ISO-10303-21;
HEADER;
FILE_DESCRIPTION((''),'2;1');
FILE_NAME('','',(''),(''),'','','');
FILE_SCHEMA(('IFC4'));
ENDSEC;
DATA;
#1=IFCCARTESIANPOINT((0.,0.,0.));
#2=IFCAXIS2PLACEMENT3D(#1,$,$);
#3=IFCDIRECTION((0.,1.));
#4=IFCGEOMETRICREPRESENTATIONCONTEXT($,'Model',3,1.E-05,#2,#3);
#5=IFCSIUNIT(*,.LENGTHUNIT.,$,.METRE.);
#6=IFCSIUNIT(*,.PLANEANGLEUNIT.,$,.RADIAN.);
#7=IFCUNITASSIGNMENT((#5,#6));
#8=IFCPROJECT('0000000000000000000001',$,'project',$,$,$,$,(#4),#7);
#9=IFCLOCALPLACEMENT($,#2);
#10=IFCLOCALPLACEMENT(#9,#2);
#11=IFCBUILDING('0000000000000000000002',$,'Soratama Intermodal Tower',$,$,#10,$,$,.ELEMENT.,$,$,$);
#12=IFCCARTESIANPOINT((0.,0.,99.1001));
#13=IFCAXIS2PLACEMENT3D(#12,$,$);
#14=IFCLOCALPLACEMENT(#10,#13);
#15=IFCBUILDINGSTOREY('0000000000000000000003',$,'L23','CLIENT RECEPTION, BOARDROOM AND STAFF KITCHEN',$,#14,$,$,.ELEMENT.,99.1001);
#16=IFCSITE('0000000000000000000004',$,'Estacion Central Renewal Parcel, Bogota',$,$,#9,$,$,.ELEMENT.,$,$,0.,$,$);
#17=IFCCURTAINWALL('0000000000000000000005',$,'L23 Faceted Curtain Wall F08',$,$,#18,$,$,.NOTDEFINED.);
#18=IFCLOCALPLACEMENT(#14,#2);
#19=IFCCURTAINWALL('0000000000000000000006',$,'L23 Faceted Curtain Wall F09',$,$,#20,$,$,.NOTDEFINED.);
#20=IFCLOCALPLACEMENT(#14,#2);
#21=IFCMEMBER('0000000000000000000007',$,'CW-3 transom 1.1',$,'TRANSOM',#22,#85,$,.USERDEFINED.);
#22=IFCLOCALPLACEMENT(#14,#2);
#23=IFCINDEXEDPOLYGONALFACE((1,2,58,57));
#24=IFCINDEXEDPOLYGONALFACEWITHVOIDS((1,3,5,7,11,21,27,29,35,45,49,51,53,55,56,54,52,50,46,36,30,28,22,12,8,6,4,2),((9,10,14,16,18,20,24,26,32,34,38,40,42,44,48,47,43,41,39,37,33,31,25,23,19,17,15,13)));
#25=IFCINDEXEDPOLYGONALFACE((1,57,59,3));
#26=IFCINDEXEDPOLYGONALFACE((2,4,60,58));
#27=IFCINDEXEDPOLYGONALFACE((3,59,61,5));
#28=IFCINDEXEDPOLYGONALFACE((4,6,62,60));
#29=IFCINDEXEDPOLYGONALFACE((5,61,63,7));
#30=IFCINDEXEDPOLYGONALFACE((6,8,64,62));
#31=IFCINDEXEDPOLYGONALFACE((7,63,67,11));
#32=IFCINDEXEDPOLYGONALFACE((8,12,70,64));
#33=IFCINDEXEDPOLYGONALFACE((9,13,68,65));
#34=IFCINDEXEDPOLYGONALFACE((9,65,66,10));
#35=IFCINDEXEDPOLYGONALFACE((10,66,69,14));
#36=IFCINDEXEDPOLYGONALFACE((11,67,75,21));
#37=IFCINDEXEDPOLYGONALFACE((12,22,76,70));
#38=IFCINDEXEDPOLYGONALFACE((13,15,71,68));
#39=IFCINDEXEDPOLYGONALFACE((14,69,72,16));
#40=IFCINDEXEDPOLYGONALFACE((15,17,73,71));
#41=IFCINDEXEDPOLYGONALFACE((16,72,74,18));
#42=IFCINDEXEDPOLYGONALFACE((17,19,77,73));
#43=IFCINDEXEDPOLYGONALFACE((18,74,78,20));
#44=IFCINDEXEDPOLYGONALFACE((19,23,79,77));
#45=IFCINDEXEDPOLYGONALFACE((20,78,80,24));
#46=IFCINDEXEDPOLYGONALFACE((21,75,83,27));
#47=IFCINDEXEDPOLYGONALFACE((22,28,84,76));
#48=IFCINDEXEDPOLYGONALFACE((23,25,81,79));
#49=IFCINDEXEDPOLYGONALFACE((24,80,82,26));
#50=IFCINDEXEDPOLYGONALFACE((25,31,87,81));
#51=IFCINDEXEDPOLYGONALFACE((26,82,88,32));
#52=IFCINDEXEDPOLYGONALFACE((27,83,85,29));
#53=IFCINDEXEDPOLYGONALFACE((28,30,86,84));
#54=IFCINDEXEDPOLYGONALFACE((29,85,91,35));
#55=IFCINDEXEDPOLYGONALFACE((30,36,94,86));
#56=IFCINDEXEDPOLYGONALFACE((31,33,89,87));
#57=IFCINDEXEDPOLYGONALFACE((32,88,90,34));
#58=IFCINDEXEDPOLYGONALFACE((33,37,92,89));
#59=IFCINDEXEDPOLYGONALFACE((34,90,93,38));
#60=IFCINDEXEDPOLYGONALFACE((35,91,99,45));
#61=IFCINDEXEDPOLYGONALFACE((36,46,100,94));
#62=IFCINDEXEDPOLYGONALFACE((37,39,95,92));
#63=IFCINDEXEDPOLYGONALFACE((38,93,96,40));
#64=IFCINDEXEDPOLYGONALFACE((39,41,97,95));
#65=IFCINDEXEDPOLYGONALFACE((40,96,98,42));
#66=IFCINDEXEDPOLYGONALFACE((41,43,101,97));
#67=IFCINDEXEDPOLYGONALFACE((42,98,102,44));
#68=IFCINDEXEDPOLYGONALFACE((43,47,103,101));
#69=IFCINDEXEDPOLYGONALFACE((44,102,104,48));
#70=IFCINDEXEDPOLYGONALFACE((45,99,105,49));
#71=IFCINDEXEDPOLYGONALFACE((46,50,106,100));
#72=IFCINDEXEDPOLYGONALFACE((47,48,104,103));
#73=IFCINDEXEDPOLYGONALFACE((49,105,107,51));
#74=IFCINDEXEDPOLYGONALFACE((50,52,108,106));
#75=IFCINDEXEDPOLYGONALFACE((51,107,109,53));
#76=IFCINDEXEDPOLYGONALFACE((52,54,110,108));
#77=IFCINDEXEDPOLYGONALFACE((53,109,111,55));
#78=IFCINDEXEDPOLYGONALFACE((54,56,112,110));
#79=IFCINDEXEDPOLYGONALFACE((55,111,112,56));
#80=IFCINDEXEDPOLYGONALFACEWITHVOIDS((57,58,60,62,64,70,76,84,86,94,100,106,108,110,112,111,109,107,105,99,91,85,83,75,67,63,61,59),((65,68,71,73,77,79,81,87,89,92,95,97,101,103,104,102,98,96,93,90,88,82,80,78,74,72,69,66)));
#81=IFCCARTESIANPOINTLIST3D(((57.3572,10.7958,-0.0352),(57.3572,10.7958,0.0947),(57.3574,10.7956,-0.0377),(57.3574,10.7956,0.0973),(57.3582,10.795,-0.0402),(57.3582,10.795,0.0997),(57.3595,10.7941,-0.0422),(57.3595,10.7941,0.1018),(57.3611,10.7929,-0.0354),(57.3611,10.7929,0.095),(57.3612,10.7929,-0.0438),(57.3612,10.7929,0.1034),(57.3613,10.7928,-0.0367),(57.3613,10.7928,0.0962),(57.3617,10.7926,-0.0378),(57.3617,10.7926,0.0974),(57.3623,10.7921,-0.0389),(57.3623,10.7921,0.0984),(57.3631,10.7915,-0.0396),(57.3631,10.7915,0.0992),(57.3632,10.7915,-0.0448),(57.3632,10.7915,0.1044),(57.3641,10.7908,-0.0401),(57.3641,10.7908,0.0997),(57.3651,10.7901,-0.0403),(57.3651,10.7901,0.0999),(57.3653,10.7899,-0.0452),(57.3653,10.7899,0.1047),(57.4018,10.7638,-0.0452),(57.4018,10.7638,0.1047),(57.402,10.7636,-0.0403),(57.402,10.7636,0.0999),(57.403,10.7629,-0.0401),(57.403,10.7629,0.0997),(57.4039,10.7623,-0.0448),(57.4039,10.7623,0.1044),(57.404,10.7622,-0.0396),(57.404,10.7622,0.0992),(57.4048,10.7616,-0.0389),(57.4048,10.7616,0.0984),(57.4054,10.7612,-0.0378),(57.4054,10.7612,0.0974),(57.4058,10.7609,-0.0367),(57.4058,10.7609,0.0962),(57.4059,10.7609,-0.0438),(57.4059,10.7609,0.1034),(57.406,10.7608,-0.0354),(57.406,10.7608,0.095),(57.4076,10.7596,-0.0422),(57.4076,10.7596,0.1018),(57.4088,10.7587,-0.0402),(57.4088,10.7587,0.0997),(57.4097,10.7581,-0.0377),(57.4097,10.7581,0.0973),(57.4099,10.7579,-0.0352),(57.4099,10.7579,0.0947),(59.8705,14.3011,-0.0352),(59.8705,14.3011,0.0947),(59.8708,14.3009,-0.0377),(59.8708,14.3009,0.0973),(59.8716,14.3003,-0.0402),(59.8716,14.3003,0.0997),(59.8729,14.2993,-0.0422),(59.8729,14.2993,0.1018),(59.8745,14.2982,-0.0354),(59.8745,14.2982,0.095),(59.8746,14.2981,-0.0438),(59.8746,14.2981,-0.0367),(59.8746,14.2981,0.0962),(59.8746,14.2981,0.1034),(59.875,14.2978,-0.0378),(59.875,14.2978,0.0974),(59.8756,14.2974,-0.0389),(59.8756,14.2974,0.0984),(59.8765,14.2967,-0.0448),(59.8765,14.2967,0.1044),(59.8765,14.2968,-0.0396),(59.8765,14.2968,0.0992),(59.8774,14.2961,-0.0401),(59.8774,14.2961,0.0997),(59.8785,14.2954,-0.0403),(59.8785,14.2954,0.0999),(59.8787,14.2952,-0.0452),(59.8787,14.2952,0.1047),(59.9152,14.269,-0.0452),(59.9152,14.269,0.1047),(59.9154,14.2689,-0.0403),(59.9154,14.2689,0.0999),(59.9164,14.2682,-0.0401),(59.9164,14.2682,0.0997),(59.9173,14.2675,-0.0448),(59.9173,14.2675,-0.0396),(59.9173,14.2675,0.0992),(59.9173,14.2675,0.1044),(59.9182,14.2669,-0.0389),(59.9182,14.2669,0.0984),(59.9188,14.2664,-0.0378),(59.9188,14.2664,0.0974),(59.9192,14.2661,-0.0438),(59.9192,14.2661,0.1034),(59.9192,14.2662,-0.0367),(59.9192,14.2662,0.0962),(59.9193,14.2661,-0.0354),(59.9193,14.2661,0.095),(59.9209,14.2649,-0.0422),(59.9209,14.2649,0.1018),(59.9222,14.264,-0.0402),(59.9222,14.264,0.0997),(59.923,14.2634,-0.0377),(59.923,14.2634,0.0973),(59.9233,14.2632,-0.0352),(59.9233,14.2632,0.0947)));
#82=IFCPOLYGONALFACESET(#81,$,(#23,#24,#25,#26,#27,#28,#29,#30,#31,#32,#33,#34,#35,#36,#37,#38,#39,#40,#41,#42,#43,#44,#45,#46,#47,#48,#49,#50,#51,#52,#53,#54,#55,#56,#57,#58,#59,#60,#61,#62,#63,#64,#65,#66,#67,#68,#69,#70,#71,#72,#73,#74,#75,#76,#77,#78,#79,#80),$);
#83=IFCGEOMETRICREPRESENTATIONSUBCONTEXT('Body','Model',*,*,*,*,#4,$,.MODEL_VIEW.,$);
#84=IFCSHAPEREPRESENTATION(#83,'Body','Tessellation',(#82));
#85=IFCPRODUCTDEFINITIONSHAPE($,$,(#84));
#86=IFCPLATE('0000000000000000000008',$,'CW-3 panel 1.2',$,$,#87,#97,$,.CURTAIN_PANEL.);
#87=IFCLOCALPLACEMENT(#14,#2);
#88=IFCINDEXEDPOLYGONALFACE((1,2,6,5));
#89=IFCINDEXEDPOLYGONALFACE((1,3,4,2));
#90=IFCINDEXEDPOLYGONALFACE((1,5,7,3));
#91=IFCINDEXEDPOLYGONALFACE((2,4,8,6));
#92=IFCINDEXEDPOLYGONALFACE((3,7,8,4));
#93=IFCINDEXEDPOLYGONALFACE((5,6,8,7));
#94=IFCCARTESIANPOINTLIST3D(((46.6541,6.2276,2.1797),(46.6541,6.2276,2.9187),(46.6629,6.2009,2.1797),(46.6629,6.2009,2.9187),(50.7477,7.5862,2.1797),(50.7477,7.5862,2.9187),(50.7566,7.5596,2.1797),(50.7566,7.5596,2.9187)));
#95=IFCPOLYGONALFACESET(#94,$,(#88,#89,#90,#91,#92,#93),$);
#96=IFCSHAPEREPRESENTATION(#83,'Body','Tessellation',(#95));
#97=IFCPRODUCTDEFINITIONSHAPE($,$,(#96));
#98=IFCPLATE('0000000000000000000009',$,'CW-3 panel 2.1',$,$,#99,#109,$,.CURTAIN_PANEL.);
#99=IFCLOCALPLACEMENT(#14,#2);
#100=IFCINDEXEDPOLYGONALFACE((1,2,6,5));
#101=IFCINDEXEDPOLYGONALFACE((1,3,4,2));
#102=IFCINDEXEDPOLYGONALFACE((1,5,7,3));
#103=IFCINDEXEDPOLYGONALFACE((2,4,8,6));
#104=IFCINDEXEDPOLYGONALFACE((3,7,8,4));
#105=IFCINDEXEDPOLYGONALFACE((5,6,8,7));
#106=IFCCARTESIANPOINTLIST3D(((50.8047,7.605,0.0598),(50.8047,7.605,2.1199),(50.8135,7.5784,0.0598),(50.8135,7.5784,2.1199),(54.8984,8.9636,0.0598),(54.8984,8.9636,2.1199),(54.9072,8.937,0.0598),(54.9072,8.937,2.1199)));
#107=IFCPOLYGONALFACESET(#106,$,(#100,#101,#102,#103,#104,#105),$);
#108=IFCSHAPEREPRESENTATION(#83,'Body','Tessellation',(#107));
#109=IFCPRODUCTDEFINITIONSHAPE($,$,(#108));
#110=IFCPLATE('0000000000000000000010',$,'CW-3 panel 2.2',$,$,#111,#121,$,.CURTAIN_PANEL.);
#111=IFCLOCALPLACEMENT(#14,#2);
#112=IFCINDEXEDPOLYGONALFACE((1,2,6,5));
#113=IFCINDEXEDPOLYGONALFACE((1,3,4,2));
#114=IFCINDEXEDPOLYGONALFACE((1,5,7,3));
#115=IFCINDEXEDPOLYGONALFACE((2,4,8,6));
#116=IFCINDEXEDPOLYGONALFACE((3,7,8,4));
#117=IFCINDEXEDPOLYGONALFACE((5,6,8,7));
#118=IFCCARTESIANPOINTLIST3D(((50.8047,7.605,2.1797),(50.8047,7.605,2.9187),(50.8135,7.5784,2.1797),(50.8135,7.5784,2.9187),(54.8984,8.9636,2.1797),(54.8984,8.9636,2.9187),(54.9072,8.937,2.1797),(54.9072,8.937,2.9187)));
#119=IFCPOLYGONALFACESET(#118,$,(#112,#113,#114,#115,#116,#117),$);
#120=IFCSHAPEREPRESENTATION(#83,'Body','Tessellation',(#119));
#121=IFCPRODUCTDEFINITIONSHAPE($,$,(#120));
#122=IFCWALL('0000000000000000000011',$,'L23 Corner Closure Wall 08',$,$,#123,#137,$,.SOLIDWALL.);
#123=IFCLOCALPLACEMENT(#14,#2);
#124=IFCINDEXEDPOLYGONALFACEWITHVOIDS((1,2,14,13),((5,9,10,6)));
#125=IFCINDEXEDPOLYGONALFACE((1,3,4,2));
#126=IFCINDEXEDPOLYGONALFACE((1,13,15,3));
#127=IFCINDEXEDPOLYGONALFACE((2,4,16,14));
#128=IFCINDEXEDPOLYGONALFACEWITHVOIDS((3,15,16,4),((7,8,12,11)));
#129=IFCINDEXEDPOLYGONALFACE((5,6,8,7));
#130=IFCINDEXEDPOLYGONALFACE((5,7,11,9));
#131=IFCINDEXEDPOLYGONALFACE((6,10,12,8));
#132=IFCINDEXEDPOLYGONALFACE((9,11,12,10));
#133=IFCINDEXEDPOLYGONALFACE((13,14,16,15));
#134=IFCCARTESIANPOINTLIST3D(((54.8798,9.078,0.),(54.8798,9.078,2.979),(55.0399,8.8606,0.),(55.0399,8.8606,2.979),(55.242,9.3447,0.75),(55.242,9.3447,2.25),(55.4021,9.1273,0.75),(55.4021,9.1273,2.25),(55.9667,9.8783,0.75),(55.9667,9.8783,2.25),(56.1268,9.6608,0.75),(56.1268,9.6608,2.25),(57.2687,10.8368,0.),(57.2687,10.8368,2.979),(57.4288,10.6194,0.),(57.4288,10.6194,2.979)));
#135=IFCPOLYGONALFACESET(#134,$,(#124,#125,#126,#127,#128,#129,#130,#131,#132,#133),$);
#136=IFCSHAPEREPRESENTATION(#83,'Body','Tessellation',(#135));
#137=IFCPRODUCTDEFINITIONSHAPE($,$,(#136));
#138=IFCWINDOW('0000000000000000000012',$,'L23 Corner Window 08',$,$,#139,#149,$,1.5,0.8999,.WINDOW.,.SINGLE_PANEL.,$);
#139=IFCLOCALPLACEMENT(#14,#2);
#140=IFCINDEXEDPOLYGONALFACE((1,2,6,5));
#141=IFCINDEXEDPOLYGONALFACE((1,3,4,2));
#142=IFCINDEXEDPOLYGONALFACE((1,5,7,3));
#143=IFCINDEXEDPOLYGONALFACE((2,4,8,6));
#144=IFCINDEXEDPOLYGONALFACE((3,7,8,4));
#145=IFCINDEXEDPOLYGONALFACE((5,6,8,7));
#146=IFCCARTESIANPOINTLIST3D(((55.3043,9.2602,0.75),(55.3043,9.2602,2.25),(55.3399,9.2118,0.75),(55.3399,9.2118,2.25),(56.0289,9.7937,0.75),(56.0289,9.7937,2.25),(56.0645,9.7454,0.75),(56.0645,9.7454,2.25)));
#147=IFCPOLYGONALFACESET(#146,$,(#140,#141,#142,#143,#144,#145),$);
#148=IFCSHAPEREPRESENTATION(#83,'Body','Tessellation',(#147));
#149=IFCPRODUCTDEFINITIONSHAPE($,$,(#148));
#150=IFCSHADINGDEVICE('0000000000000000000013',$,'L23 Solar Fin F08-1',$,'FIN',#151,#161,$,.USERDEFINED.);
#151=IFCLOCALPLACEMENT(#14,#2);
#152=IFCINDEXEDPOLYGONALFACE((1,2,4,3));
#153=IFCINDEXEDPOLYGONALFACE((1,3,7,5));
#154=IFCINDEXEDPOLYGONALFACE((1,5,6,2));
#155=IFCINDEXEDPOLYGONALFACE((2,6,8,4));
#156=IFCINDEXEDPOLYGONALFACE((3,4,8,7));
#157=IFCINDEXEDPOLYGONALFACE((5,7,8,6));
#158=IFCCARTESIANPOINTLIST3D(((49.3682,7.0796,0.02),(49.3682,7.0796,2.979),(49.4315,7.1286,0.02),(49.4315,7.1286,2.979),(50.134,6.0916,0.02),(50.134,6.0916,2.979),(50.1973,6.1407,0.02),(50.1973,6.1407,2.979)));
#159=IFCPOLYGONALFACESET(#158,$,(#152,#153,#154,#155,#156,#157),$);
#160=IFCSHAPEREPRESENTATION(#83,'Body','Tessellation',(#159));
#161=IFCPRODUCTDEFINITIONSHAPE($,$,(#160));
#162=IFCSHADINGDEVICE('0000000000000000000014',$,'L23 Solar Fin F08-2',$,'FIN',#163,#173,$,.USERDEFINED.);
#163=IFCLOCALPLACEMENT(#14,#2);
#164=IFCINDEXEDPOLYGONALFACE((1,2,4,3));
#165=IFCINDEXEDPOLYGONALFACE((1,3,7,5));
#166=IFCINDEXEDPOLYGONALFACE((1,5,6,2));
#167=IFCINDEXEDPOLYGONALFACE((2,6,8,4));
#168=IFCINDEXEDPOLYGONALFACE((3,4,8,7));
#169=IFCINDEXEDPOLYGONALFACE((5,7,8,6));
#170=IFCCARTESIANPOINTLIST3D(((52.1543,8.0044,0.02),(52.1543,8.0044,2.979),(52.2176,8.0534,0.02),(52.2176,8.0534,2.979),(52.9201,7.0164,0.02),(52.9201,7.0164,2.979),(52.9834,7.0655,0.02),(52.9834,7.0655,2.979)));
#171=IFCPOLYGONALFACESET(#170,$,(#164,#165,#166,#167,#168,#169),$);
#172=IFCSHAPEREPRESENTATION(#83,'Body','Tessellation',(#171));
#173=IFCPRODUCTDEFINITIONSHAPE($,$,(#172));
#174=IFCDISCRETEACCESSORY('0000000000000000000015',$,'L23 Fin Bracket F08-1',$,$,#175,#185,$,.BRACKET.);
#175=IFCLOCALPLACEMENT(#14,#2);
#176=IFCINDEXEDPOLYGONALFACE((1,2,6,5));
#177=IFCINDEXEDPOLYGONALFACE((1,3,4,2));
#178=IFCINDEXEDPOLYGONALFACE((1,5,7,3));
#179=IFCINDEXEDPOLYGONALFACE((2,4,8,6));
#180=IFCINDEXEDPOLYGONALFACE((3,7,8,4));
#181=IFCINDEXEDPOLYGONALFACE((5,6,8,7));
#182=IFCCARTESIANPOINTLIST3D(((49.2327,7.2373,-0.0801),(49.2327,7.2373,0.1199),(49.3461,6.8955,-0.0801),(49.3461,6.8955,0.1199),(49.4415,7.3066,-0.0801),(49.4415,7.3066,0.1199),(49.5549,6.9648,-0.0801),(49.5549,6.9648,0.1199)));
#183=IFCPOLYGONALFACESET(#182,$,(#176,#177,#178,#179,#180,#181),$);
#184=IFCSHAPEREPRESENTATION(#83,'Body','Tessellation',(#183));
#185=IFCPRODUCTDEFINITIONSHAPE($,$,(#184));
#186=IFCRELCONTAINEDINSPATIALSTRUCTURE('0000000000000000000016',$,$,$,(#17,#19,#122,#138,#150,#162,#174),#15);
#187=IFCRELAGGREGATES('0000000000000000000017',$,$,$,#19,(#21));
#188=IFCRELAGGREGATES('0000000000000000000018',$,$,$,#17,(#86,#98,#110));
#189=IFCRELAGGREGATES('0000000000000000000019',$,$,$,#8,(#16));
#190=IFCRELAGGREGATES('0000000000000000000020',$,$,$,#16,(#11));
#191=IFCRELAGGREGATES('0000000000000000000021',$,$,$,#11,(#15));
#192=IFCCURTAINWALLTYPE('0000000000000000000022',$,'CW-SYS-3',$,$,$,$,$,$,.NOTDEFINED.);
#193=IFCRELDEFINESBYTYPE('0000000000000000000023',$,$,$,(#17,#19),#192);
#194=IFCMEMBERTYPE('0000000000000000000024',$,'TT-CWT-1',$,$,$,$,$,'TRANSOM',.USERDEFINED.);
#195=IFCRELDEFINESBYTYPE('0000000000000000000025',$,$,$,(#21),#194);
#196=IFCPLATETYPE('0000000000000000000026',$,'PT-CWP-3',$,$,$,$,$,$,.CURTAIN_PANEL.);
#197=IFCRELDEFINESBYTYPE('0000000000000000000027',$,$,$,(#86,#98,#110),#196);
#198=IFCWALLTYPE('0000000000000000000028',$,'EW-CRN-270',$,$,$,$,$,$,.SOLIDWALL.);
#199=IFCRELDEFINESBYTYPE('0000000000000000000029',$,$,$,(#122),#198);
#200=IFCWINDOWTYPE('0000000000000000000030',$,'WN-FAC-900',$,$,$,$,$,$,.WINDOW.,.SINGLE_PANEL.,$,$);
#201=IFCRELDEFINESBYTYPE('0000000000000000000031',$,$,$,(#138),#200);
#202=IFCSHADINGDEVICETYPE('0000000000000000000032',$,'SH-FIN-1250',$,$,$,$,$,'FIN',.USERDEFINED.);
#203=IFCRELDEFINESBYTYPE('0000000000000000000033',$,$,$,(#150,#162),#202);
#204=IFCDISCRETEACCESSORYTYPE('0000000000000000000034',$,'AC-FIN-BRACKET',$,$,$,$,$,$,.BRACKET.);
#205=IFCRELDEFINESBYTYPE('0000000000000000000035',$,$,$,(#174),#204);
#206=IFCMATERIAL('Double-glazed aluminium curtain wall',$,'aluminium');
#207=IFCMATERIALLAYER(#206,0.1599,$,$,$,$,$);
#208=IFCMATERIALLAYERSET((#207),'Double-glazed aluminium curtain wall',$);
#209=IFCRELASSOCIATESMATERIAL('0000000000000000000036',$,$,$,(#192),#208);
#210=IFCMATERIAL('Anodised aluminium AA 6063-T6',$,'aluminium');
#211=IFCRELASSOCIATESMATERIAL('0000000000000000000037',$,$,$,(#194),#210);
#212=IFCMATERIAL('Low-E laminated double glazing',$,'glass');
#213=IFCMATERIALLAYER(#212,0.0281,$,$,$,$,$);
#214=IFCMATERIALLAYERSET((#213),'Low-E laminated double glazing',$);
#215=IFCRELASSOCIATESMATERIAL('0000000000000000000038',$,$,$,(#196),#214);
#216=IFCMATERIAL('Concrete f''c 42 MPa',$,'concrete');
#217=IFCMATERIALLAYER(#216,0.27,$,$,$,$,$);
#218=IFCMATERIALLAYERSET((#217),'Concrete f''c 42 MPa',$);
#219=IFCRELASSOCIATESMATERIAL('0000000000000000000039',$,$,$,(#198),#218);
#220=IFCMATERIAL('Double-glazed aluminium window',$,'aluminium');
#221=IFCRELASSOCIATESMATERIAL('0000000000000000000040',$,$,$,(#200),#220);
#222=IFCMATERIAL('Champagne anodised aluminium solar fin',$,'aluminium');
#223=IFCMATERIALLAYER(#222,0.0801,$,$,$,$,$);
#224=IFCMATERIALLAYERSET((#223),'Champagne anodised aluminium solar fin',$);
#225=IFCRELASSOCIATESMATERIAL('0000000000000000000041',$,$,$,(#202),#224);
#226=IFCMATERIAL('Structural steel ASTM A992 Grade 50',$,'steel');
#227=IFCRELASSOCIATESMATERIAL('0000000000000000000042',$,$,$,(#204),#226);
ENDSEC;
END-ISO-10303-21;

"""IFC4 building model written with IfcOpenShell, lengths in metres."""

from ifc_helpers import new_model, si_unit, direction, frame, frame_2d, origin, origin_2d, place, context, subcontext, project, spatial, rectangle, hollow_rectangle, extrude, material, layer, layer_set, material_profile, profile_set, type_object, element, fill, aggregate, save


model = new_model("IFC4")

# Units and contexts
model_context = context("Model", 3, precision=1e-05, world=origin(), true_north=direction((0.0, 1.0)))
body_context = subcontext(model_context, "Body", "Model", "MODEL_VIEW")
ifc_project = project(units=[si_unit("LENGTHUNIT", "METRE"), si_unit("PLANEANGLEUNIT", "RADIAN")], contexts=[model_context])

# Site, building, storey
site_placement = place(None, origin())
site = spatial("IfcSite", under=ifc_project, at=site_placement, Name="Estacion Central Renewal Parcel, Bogota", CompositionType="ELEMENT", RefElevation=0.0)
building_placement = place(site_placement, origin())
building = spatial("IfcBuilding", under=site, at=building_placement, Name="Soratama Intermodal Tower", CompositionType="ELEMENT")
storey_placement = place(building_placement, frame((0.0, 0.0, 99.1001)))
storey = spatial("IfcBuildingStorey", under=building, at=storey_placement, Name="L23", Description="CLIENT RECEPTION, BOARDROOM AND STAFF KITCHEN", CompositionType="ELEMENT", Elevation=99.1001)

# Curtain wall
ifc_material_1 = material(Name="Double-glazed aluminium curtain wall", Category="aluminium")
ifc_layer_1 = layer(ifc_material_1, 0.1599)
ifc_layer_set_1 = layer_set([ifc_layer_1], Name="Double-glazed aluminium curtain wall")
curtain_wall_type = type_object("IfcCurtainWallType", Name="CW-SYS-3", PredefinedType="NOTDEFINED", material=ifc_layer_set_1)
curtain_wall_1_placement = place(storey_placement, origin())
curtain_wall_1 = element("IfcCurtainWall", 1, at=curtain_wall_1_placement, inside=storey, type_object=curtain_wall_type, Name="L23 Faceted Curtain Wall F08", PredefinedType="NOTDEFINED")

# Curtain wall
curtain_wall_2_placement = place(storey_placement, origin())
curtain_wall_2 = element("IfcCurtainWall", 2, at=curtain_wall_2_placement, inside=storey, type_object=curtain_wall_type, Name="L23 Faceted Curtain Wall F09", PredefinedType="NOTDEFINED")

# Member
ifc_material_2 = material(Name="Anodised aluminium AA 6063-T6", Category="aluminium")
ifc_material_profile_1 = material_profile(ifc_material_2, hollow_rectangle(XDim=0.0649, YDim=0.1499, WallThickness=0.0049, InnerFilletRadius=0.0049, OuterFilletRadius=0.01, at=origin_2d()), Name="CWT150X65X5")
ifc_profile_set_1 = profile_set([ifc_material_profile_1], Name="Anodised aluminium AA 6063-T6")
member_type_1 = type_object("IfcMemberType", Name="TT-CWT-1", ElementType="TRANSOM", PredefinedType="USERDEFINED", material=ifc_profile_set_1)
member_1_placement = place(storey_placement, frame((57.3835, 10.7769, 0.0298), z_axis=(0.58271, 0.81268, 0.0), x_axis=(-0.81268, 0.58271, 0.0)))
member_1 = element("IfcMember", 3, at=member_1_placement, type_object=member_type_1, Name="CW-3 transom 1.1", ObjectType="TRANSOM", PredefinedType="USERDEFINED", context=body_context, shape_type="SweptSolid", body=[
    extrude(hollow_rectangle(XDim=0.0649, YDim=0.1499, WallThickness=0.0049, InnerFilletRadius=0.0049, OuterFilletRadius=0.01, at=origin_2d()), origin(), (0.0, 0.0, 1.0), 4.3132),
])
aggregate(curtain_wall_2, [member_1])

# Plates
ifc_material_3 = material(Name="Low-E laminated double glazing", Category="glass")
ifc_layer_2 = layer(ifc_material_3, 0.0281)
ifc_layer_set_2 = layer_set([ifc_layer_2], Name="Low-E laminated double glazing")
plate_type = type_object("IfcPlateType", Name="PT-CWP-3", PredefinedType="CURTAIN_PANEL", material=ifc_layer_set_2)
plate_1_placement = place(storey_placement, frame((48.7053, 6.8936, 2.1797), z_axis=(0.0, 0.0, 1.0), x_axis=(0.949094, 0.314994, 0.0)))
plate_1 = element("IfcPlate", 4, at=plate_1_placement, type_object=plate_type, Name="CW-3 panel 1.2", PredefinedType="CURTAIN_PANEL", context=body_context, shape_type="SweptSolid", body=[
    extrude(rectangle(XDim=4.3132, YDim=0.0281, at=origin_2d()), origin(), (0.0, 0.0, 1.0), 0.739),
])
plate_2_placement = place(storey_placement, frame((52.856, 8.271, 0.0598), z_axis=(0.0, 0.0, 1.0), x_axis=(0.949094, 0.314994, 0.0)))
plate_2 = element("IfcPlate", 5, at=plate_2_placement, type_object=plate_type, Name="CW-3 panel 2.1", PredefinedType="CURTAIN_PANEL", context=body_context, shape_type="SweptSolid", body=[
    extrude(rectangle(XDim=4.3132, YDim=0.0281, at=origin_2d()), origin(), (0.0, 0.0, 1.0), 2.0601),
])
plate_3_placement = place(storey_placement, frame((52.856, 8.271, 2.1797), z_axis=(0.0, 0.0, 1.0), x_axis=(0.949094, 0.314994, 0.0)))
plate_3 = element("IfcPlate", 6, at=plate_3_placement, type_object=plate_type, Name="CW-3 panel 2.2", PredefinedType="CURTAIN_PANEL", context=body_context, shape_type="SweptSolid", body=[
    extrude(rectangle(XDim=4.3132, YDim=0.0281, at=origin_2d()), origin(), (0.0, 0.0, 1.0), 0.739),
])
aggregate(curtain_wall_1, [plate_1, plate_2, plate_3])

# Wall, opening, window
ifc_material_4 = material(Name="Concrete f'c 42 MPa", Category="concrete")
ifc_layer_3 = layer(ifc_material_4, 0.27)
ifc_layer_set_3 = layer_set([ifc_layer_3], Name="Concrete f'c 42 MPa")
wall_type = type_object("IfcWallType", Name="EW-CRN-270", PredefinedType="SOLIDWALL", material=ifc_layer_set_3)
wall_placement = place(storey_placement, frame((54.9597, 8.9692, 0.0), z_axis=(0.0, 0.0, 1.0), x_axis=(0.805292, 0.592879, 0.0)))
wall = element("IfcWall", 7, at=wall_placement, inside=storey, type_object=wall_type, Name="L23 Corner Closure Wall 08", PredefinedType="SOLIDWALL", context=body_context, shape_type="SweptSolid", body=[
    extrude(rectangle(XDim=2.9666, YDim=0.27, at=frame_2d((1.4834, 0.0))), origin(), (0.0, 0.0, 1.0), 2.979),
])
opening_placement = place(wall_placement, frame((0.45, 0.0, 0.75)))
opening = element("IfcOpeningElement", 8, at=opening_placement, cuts=wall, PredefinedType="OPENING", context=body_context, shape_type="SweptSolid", body=[
    extrude(rectangle(XDim=0.8999, YDim=1.5, at=frame_2d((0.45, 0.75))), frame((0.0, 0.145, 0.0), z_axis=(0.0, -1.0, 0.0), x_axis=(1.0, 0.0, 0.0)), (0.0, 0.0, 1.0), 0.29),
])
ifc_material_5 = material(Name="Double-glazed aluminium window", Category="aluminium")
window_type = type_object("IfcWindowType", Name="WN-FAC-900", PartitioningType="SINGLE_PANEL", PredefinedType="WINDOW", material=ifc_material_5)
window_placement = place(opening_placement, origin())
window = element("IfcWindow", 9, at=window_placement, inside=storey, type_object=window_type, Name="L23 Corner Window 08", OverallHeight=1.5, OverallWidth=0.8999, PartitioningType="SINGLE_PANEL", PredefinedType="WINDOW", context=body_context, shape_type="SweptSolid", body=[
    extrude(rectangle(XDim=0.8999, YDim=1.5, at=frame_2d((0.45, 0.75))), frame((0.0, 0.03, 0.0), z_axis=(0.0, -1.0, 0.0), x_axis=(1.0, 0.0, 0.0)), (0.0, 0.0, 1.0), 0.0601),
])
fill(opening, window)

# Shading devices
ifc_material_6 = material(Name="Champagne anodised aluminium solar fin", Category="aluminium")
ifc_layer_4 = layer(ifc_material_6, 0.0801)
ifc_layer_set_4 = layer_set([ifc_layer_4], Name="Champagne anodised aluminium solar fin")
shading_device_type = type_object("IfcShadingDeviceType", Name="SH-FIN-1250", ElementType="FIN", PredefinedType="USERDEFINED", material=ifc_layer_set_4)
for number, where, z_axis, x_axis, name in (
    (10, (49.7827, 6.6101, 0.02), (0.0, 0.0, 1.0), (0.612631, -0.790369, 0.0), "L23 Solar Fin F08-1"),
    (11, (52.5688, 7.5349, 0.02), (0.0, 0.0, 1.0), (0.612631, -0.790369, 0.0), "L23 Solar Fin F08-2"),
):
    element("IfcShadingDevice", number, at=place(storey_placement, frame(where, z_axis=z_axis, x_axis=x_axis)), inside=storey, type_object=shading_device_type, Name=name, ObjectType="FIN", PredefinedType="USERDEFINED", context=body_context, shape_type="SweptSolid", body=[
        extrude(rectangle(XDim=1.25, YDim=0.0801, at=origin_2d()), origin(), (0.0, 0.0, 1.0), 2.959),
    ])

# Discrete accessory
ifc_material_7 = material(Name="Structural steel ASTM A992 Grade 50", Category="steel")
discrete_accessory_type = type_object("IfcDiscreteAccessoryType", Name="AC-FIN-BRACKET", PredefinedType="BRACKET", material=ifc_material_7)
for number, where, z_axis, x_axis, name in (
    (12, (49.3938, 7.1011, -0.0801), (0.0, 0.0, 1.0), (0.314987, -0.949096, 0.0), "L23 Fin Bracket F08-1"),
):
    element("IfcDiscreteAccessory", number, at=place(storey_placement, frame(where, z_axis=z_axis, x_axis=x_axis)), inside=storey, type_object=discrete_accessory_type, Name=name, PredefinedType="BRACKET", context=body_context, shape_type="SweptSolid", body=[
        extrude(rectangle(XDim=0.3601, YDim=0.22, at=origin_2d()), origin(), (0.0, 0.0, 1.0), 0.2),
    ])

save(model, "model.ifc")
